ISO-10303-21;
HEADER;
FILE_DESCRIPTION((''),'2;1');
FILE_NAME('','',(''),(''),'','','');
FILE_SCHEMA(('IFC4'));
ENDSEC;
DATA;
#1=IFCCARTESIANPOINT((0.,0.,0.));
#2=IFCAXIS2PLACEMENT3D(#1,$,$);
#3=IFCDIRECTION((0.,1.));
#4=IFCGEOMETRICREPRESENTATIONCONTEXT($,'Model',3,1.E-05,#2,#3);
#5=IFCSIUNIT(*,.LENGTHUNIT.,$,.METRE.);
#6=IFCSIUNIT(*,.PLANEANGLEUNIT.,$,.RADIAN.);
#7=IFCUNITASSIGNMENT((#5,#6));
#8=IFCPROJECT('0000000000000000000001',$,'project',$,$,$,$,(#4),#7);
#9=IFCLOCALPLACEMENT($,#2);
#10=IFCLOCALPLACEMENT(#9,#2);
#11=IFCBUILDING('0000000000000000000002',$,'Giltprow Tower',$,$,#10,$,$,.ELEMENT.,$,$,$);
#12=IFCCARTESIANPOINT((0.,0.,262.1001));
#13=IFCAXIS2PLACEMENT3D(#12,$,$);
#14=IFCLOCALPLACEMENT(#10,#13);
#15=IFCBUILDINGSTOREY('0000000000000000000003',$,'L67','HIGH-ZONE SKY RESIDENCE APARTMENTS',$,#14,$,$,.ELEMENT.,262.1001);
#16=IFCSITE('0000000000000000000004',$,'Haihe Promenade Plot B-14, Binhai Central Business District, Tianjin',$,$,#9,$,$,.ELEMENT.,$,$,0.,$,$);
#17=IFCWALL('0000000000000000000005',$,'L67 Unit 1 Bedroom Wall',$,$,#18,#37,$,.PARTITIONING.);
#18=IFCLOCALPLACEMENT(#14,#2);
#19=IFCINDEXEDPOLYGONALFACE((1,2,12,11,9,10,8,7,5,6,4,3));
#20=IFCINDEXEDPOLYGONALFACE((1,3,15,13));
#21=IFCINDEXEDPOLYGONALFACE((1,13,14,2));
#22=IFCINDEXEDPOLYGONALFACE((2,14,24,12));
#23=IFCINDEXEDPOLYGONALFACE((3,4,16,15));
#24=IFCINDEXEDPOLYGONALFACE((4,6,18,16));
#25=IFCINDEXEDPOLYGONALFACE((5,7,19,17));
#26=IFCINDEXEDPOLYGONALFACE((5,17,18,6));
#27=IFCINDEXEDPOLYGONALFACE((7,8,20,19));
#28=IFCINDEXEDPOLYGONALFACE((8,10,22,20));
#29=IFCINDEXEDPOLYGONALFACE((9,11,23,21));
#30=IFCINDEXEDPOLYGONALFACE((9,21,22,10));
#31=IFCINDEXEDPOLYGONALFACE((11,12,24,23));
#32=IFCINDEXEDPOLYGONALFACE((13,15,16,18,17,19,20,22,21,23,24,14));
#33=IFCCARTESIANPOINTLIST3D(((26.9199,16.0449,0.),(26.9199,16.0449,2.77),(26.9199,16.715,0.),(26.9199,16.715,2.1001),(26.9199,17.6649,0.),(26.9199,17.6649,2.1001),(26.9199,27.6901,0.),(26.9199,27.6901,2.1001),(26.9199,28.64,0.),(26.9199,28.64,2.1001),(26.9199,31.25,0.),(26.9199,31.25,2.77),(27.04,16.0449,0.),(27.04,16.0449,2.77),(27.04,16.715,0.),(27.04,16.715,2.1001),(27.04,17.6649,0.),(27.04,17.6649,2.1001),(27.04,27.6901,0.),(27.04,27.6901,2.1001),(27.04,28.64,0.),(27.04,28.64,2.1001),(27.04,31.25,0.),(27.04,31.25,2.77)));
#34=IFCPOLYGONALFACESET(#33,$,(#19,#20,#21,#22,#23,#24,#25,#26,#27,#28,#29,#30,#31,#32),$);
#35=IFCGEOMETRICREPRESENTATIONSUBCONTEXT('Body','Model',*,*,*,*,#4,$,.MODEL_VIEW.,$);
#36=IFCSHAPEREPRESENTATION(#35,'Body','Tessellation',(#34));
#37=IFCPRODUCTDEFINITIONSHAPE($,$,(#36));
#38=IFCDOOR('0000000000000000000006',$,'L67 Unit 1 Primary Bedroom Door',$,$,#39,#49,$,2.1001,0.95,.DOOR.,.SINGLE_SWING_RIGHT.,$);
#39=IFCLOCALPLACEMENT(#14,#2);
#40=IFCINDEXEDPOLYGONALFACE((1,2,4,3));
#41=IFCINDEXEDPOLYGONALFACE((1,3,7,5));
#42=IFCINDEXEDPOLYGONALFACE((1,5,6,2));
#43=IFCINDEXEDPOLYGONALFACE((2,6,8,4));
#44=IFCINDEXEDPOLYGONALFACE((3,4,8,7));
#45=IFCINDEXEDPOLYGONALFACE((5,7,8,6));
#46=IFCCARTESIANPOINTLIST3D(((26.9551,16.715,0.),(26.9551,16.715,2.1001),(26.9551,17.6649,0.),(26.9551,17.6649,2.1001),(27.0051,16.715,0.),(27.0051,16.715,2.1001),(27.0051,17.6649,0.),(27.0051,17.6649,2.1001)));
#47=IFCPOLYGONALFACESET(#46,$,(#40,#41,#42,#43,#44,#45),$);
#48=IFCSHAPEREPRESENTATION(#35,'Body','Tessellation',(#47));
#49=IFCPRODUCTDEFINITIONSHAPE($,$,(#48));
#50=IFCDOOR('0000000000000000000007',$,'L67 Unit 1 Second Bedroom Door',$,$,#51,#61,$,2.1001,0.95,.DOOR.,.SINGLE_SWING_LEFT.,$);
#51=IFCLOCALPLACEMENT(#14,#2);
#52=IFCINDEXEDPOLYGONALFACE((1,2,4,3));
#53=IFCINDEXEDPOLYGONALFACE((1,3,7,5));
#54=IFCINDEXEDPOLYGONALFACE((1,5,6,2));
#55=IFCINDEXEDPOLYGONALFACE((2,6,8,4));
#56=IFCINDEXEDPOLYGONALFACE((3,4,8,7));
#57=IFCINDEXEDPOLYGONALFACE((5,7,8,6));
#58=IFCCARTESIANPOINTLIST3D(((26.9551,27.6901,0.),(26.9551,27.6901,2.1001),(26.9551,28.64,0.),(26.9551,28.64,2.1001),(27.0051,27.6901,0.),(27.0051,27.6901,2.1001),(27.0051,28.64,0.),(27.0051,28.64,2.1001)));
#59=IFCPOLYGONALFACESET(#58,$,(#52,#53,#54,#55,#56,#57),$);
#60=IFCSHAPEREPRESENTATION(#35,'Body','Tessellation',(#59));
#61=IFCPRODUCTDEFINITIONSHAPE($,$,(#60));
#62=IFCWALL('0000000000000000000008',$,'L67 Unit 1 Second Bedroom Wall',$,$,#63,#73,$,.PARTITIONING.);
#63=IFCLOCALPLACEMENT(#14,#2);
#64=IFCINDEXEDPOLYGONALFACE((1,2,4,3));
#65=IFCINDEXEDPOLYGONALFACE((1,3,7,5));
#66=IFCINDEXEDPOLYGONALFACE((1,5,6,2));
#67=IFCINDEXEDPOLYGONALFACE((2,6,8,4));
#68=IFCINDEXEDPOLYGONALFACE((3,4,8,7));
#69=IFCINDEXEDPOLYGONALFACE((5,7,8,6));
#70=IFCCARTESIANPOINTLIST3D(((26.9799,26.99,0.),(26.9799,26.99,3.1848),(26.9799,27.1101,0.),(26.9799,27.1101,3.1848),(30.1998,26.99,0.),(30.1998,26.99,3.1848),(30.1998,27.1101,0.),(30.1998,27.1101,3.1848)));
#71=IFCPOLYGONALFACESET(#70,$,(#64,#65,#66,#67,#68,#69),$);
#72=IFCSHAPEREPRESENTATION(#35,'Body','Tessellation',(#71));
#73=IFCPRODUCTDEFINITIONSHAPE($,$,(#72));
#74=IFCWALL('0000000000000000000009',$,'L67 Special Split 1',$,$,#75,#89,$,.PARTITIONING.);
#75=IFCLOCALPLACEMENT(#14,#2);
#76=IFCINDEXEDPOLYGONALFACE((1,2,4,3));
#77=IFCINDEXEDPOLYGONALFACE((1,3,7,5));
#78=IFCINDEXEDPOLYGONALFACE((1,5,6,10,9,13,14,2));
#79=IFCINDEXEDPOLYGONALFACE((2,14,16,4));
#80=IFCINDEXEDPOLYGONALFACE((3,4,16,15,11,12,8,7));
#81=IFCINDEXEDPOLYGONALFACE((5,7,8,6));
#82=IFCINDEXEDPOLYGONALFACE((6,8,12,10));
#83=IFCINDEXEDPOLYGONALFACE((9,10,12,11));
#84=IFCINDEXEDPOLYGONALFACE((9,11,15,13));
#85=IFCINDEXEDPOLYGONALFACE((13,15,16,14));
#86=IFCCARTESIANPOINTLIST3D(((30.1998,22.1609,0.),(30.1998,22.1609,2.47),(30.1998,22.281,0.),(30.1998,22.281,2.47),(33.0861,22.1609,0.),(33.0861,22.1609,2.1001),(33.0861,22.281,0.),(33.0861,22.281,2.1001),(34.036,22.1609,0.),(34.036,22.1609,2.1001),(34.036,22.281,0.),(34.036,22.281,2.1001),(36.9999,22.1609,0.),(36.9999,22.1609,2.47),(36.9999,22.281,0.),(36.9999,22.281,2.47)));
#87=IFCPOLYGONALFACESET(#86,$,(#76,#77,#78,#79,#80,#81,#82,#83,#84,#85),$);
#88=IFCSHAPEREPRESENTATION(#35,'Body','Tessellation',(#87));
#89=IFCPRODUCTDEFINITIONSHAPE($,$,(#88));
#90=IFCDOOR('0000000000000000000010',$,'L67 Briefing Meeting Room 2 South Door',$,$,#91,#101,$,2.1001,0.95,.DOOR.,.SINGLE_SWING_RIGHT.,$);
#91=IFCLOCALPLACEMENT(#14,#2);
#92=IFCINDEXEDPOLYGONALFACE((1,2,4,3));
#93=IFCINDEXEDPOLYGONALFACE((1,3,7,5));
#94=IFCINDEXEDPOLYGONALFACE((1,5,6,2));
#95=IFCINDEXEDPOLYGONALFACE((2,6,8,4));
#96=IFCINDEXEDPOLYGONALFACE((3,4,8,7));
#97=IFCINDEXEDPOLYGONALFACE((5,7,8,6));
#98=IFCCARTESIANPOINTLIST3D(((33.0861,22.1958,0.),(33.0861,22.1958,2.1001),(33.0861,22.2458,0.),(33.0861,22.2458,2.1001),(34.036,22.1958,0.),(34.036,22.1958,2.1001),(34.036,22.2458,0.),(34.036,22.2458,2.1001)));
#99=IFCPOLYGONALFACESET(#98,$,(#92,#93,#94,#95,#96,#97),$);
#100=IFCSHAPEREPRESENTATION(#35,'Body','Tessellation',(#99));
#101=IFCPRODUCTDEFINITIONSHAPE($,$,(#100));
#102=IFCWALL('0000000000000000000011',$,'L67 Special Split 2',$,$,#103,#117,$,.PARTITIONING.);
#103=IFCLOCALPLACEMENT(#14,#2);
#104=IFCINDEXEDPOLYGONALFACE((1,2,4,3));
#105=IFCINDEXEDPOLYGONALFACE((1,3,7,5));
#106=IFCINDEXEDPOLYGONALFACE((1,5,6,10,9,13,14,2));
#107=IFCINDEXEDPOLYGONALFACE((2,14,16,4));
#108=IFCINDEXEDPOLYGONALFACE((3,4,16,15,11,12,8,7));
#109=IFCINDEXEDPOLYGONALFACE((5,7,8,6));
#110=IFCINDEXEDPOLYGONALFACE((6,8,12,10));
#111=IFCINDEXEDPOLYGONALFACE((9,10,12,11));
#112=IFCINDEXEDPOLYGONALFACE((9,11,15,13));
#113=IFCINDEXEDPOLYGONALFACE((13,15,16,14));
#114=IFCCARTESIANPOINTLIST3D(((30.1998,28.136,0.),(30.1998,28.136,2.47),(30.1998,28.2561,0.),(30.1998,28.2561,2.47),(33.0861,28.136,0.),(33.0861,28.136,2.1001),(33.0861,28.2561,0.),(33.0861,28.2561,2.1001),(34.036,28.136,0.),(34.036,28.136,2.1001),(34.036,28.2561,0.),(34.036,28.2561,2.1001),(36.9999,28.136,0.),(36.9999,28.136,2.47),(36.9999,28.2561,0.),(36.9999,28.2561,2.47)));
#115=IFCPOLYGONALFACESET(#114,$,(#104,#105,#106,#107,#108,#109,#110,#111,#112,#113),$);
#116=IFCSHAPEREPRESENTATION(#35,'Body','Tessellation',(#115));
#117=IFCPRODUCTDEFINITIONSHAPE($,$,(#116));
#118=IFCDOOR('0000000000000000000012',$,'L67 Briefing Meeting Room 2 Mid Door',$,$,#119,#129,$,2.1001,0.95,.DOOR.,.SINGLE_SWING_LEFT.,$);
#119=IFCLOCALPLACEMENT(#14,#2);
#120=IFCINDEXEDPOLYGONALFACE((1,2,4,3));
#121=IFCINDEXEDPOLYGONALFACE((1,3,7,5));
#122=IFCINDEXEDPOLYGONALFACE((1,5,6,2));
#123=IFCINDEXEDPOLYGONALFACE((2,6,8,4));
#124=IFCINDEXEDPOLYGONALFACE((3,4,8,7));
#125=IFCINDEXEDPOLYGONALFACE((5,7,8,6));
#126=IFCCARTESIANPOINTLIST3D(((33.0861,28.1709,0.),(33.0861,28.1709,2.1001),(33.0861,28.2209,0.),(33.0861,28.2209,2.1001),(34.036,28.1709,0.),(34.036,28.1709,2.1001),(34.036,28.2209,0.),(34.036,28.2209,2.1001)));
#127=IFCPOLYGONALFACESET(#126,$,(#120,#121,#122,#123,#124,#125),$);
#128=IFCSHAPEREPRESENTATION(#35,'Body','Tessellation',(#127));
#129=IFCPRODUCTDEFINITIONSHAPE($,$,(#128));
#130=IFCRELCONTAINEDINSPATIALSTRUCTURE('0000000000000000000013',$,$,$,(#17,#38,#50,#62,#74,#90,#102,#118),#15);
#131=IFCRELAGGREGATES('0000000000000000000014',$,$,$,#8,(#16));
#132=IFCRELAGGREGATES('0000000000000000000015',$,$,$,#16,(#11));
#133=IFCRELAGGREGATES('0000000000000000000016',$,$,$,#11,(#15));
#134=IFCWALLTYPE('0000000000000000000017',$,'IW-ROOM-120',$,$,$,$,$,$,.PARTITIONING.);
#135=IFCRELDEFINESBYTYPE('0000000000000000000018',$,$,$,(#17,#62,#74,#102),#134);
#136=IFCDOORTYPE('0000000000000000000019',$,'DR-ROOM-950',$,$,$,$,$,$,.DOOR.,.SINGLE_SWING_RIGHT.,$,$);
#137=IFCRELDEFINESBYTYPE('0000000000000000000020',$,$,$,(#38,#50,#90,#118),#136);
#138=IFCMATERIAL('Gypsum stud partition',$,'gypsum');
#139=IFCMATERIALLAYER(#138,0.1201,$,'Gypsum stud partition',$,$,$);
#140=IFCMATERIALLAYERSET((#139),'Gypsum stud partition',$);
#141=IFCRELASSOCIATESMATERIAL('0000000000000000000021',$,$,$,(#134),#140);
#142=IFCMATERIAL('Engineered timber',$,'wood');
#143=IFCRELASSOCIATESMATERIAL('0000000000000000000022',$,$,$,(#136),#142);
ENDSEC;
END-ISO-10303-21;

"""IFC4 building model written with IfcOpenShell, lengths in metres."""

from ifc_helpers import new_model, si_unit, direction, frame, frame_2d, origin, place, context, subcontext, project, spatial, rectangle, extrude, source, transform, mapped, material, layer, layer_set, type_object, element, fill, save


model = new_model("IFC4")

# Units and contexts
model_context = context("Model", 3, precision=1e-05, world=origin(), true_north=direction((0.0, 1.0)))
body_context = subcontext(model_context, "Body", "Model", "MODEL_VIEW")
ifc_project = project(units=[si_unit("LENGTHUNIT", "METRE"), si_unit("PLANEANGLEUNIT", "RADIAN")], contexts=[model_context])

# Site, building, storey
site_placement = place(None, origin())
site = spatial("IfcSite", under=ifc_project, at=site_placement, Name="Haihe Promenade Plot B-14, Binhai Central Business District, Tianjin", CompositionType="ELEMENT", RefElevation=0.0)
building_placement = place(site_placement, origin())
building = spatial("IfcBuilding", under=site, at=building_placement, Name="Giltprow Tower", CompositionType="ELEMENT")
storey_placement = place(building_placement, frame((0.0, 0.0, 262.1001)))
storey = spatial("IfcBuildingStorey", under=building, at=storey_placement, Name="L67", Description="HIGH-ZONE SKY RESIDENCE APARTMENTS", CompositionType="ELEMENT", Elevation=262.1001)

# Shared definitions
ifc_material_1 = material(Name="Gypsum stud partition", Category="gypsum")

# Wall, openings, doors
ifc_layer_1 = layer(ifc_material_1, 0.1201, Name="Gypsum stud partition")
ifc_layer_set_1 = layer_set([ifc_layer_1], Name="Gypsum stud partition")
wall_type_1 = type_object("IfcWallType", Name="IW-ROOM-120", PredefinedType="PARTITIONING", material=ifc_layer_set_1)
wall_1_placement = place(storey_placement, frame((26.98, 16.0449, 0.0), z_axis=(0.0, 0.0, 1.0), x_axis=(0.0, 1.0, 0.0)))
wall_1 = element("IfcWall", 1, at=wall_1_placement, inside=storey, type_object=wall_type_1, Name="L67 Unit 1 Bedroom Wall", PredefinedType="PARTITIONING", context=body_context, shape_type="SweptSolid", body=[
    extrude(rectangle(XDim=15.2051, YDim=0.1201, at=frame_2d((7.6025, 0.0))), origin(), (0.0, 0.0, 1.0), 2.77),
])
opening_1_placement = place(wall_1_placement, frame((0.6699, 0.0, 0.0)))
opening_1 = element("IfcOpeningElement", 2, at=opening_1_placement, cuts=wall_1, PredefinedType="OPENING", context=body_context, shape_type="SweptSolid", body=[
    extrude(rectangle(XDim=0.95, YDim=2.1001, at=frame_2d((0.4751, 1.05))), frame((0.0, 0.0701, 0.0), z_axis=(0.0, -1.0, 0.0), x_axis=(1.0, 0.0, 0.0)), (0.0, 0.0, 1.0), 0.1401),
])
opening_2_placement = place(wall_1_placement, frame((11.645, 0.0, 0.0)))
opening_2 = element("IfcOpeningElement", 3, at=opening_2_placement, cuts=wall_1, PredefinedType="OPENING", context=body_context, shape_type="SweptSolid", body=[
    extrude(rectangle(XDim=0.95, YDim=2.1001, at=frame_2d((0.4751, 1.05))), frame((0.0, 0.0701, 0.0), z_axis=(0.0, -1.0, 0.0), x_axis=(1.0, 0.0, 0.0)), (0.0, 0.0, 1.0), 0.1401),
])
ifc_material_2 = material(Name="Engineered timber", Category="wood")
door_type_1 = type_object("IfcDoorType", Name="DR-ROOM-950", OperationType="SINGLE_SWING_RIGHT", PredefinedType="DOOR", material=ifc_material_2)
shared_shape_1 = source(origin(), body_context, "Body", "SweptSolid", [
    extrude(rectangle(XDim=0.95, YDim=2.1001, at=frame_2d((0.4751, 1.05))), frame((0.0, 0.0249, 0.0), z_axis=(0.0, -1.0, 0.0), x_axis=(1.0, 0.0, 0.0)), (0.0, 0.0, 1.0), 0.05),
])
door_1_placement = place(opening_1_placement, origin())
door_1 = element("IfcDoor", 4, at=door_1_placement, inside=storey, type_object=door_type_1, Name="L67 Unit 1 Primary Bedroom Door", OperationType="SINGLE_SWING_RIGHT", OverallHeight=2.1001, OverallWidth=0.95, PredefinedType="DOOR", context=body_context, shape_type="MappedRepresentation", body=[
    mapped(shared_shape_1, transform((0.0, 0.0, 0.0), x_axis=(1.0, 0.0, 0.0), y_axis=(0.0, 1.0, 0.0), z_axis=(0.0, 0.0, 1.0), scale=1.0)),
])
fill(opening_1, door_1)
door_2_placement = place(opening_2_placement, origin())
door_2 = element("IfcDoor", 5, at=door_2_placement, inside=storey, type_object=door_type_1, Name="L67 Unit 1 Second Bedroom Door", OperationType="SINGLE_SWING_LEFT", OverallHeight=2.1001, OverallWidth=0.95, PredefinedType="DOOR", context=body_context, shape_type="MappedRepresentation", body=[
    mapped(shared_shape_1, transform((0.0, 0.0, 0.0), x_axis=(1.0, 0.0, 0.0), y_axis=(0.0, 1.0, 0.0), z_axis=(0.0, 0.0, 1.0), scale=1.0)),
])
fill(opening_2, door_2)

# Wall
wall_2_placement = place(storey_placement, frame((26.98, 27.05, 0.0), z_axis=(0.0, 0.0, 1.0), x_axis=(1.0, 0.0, 0.0)))
element("IfcWall", 6, at=wall_2_placement, inside=storey, type_object=wall_type_1, Name="L67 Unit 1 Second Bedroom Wall", PredefinedType="PARTITIONING", context=body_context, shape_type="SweptSolid", body=[
    extrude(rectangle(XDim=3.22, YDim=0.1201, at=frame_2d((1.6099, 0.0))), origin(), (0.0, 0.0, 1.0), 3.1848),
])

# Walls, openings, doors
wall_3_placement = place(storey_placement, frame((30.2, 22.2209, 0.0), z_axis=(0.0, 0.0, 1.0), x_axis=(1.0, 0.0, 0.0)))
wall_3 = element("IfcWall", 7, at=wall_3_placement, inside=storey, type_object=wall_type_1, Name="L67 Special Split 1", PredefinedType="PARTITIONING", context=body_context, shape_type="SweptSolid", body=[
    extrude(rectangle(XDim=6.8, YDim=0.1201, at=frame_2d((3.3999, 0.0))), origin(), (0.0, 0.0, 1.0), 2.47),
])
opening_3_placement = place(wall_3_placement, frame((2.886, 0.0, 0.0)))
opening_3 = element("IfcOpeningElement", 8, at=opening_3_placement, cuts=wall_3, PredefinedType="OPENING", context=body_context, shape_type="SweptSolid", body=[
    extrude(rectangle(XDim=0.95, YDim=2.1001, at=frame_2d((0.4751, 1.05))), frame((0.0, 0.0701, 0.0), z_axis=(0.0, -1.0, 0.0), x_axis=(1.0, 0.0, 0.0)), (0.0, 0.0, 1.0), 0.1401),
])
door_3_placement = place(opening_3_placement, origin())
door_3 = element("IfcDoor", 9, at=door_3_placement, inside=storey, type_object=door_type_1, Name="L67 Briefing Meeting Room 2 South Door", OperationType="SINGLE_SWING_RIGHT", OverallHeight=2.1001, OverallWidth=0.95, PredefinedType="DOOR", context=body_context, shape_type="MappedRepresentation", body=[
    mapped(shared_shape_1, transform((0.0, 0.0, 0.0), x_axis=(1.0, 0.0, 0.0), y_axis=(0.0, 1.0, 0.0), z_axis=(0.0, 0.0, 1.0), scale=1.0)),
])
fill(opening_3, door_3)
wall_4_placement = place(storey_placement, frame((30.2, 28.196, 0.0), z_axis=(0.0, 0.0, 1.0), x_axis=(1.0, 0.0, 0.0)))
wall_4 = element("IfcWall", 10, at=wall_4_placement, inside=storey, type_object=wall_type_1, Name="L67 Special Split 2", PredefinedType="PARTITIONING", context=body_context, shape_type="SweptSolid", body=[
    extrude(rectangle(XDim=6.8, YDim=0.1201, at=frame_2d((3.3999, 0.0))), origin(), (0.0, 0.0, 1.0), 2.47),
])
opening_4_placement = place(wall_4_placement, frame((2.886, 0.0, 0.0)))
opening_4 = element("IfcOpeningElement", 11, at=opening_4_placement, cuts=wall_4, PredefinedType="OPENING", context=body_context, shape_type="SweptSolid", body=[
    extrude(rectangle(XDim=0.95, YDim=2.1001, at=frame_2d((0.4751, 1.05))), frame((0.0, 0.0701, 0.0), z_axis=(0.0, -1.0, 0.0), x_axis=(1.0, 0.0, 0.0)), (0.0, 0.0, 1.0), 0.1401),
])
door_4_placement = place(opening_4_placement, origin())
door_4 = element("IfcDoor", 12, at=door_4_placement, inside=storey, type_object=door_type_1, Name="L67 Briefing Meeting Room 2 Mid Door", OperationType="SINGLE_SWING_LEFT", OverallHeight=2.1001, OverallWidth=0.95, PredefinedType="DOOR", context=body_context, shape_type="MappedRepresentation", body=[
    mapped(shared_shape_1, transform((0.0, 0.0, 0.0), x_axis=(1.0, 0.0, 0.0), y_axis=(0.0, 1.0, 0.0), z_axis=(0.0, 0.0, 1.0), scale=1.0)),
])
fill(opening_4, door_4)

save(model, "model.ifc")
